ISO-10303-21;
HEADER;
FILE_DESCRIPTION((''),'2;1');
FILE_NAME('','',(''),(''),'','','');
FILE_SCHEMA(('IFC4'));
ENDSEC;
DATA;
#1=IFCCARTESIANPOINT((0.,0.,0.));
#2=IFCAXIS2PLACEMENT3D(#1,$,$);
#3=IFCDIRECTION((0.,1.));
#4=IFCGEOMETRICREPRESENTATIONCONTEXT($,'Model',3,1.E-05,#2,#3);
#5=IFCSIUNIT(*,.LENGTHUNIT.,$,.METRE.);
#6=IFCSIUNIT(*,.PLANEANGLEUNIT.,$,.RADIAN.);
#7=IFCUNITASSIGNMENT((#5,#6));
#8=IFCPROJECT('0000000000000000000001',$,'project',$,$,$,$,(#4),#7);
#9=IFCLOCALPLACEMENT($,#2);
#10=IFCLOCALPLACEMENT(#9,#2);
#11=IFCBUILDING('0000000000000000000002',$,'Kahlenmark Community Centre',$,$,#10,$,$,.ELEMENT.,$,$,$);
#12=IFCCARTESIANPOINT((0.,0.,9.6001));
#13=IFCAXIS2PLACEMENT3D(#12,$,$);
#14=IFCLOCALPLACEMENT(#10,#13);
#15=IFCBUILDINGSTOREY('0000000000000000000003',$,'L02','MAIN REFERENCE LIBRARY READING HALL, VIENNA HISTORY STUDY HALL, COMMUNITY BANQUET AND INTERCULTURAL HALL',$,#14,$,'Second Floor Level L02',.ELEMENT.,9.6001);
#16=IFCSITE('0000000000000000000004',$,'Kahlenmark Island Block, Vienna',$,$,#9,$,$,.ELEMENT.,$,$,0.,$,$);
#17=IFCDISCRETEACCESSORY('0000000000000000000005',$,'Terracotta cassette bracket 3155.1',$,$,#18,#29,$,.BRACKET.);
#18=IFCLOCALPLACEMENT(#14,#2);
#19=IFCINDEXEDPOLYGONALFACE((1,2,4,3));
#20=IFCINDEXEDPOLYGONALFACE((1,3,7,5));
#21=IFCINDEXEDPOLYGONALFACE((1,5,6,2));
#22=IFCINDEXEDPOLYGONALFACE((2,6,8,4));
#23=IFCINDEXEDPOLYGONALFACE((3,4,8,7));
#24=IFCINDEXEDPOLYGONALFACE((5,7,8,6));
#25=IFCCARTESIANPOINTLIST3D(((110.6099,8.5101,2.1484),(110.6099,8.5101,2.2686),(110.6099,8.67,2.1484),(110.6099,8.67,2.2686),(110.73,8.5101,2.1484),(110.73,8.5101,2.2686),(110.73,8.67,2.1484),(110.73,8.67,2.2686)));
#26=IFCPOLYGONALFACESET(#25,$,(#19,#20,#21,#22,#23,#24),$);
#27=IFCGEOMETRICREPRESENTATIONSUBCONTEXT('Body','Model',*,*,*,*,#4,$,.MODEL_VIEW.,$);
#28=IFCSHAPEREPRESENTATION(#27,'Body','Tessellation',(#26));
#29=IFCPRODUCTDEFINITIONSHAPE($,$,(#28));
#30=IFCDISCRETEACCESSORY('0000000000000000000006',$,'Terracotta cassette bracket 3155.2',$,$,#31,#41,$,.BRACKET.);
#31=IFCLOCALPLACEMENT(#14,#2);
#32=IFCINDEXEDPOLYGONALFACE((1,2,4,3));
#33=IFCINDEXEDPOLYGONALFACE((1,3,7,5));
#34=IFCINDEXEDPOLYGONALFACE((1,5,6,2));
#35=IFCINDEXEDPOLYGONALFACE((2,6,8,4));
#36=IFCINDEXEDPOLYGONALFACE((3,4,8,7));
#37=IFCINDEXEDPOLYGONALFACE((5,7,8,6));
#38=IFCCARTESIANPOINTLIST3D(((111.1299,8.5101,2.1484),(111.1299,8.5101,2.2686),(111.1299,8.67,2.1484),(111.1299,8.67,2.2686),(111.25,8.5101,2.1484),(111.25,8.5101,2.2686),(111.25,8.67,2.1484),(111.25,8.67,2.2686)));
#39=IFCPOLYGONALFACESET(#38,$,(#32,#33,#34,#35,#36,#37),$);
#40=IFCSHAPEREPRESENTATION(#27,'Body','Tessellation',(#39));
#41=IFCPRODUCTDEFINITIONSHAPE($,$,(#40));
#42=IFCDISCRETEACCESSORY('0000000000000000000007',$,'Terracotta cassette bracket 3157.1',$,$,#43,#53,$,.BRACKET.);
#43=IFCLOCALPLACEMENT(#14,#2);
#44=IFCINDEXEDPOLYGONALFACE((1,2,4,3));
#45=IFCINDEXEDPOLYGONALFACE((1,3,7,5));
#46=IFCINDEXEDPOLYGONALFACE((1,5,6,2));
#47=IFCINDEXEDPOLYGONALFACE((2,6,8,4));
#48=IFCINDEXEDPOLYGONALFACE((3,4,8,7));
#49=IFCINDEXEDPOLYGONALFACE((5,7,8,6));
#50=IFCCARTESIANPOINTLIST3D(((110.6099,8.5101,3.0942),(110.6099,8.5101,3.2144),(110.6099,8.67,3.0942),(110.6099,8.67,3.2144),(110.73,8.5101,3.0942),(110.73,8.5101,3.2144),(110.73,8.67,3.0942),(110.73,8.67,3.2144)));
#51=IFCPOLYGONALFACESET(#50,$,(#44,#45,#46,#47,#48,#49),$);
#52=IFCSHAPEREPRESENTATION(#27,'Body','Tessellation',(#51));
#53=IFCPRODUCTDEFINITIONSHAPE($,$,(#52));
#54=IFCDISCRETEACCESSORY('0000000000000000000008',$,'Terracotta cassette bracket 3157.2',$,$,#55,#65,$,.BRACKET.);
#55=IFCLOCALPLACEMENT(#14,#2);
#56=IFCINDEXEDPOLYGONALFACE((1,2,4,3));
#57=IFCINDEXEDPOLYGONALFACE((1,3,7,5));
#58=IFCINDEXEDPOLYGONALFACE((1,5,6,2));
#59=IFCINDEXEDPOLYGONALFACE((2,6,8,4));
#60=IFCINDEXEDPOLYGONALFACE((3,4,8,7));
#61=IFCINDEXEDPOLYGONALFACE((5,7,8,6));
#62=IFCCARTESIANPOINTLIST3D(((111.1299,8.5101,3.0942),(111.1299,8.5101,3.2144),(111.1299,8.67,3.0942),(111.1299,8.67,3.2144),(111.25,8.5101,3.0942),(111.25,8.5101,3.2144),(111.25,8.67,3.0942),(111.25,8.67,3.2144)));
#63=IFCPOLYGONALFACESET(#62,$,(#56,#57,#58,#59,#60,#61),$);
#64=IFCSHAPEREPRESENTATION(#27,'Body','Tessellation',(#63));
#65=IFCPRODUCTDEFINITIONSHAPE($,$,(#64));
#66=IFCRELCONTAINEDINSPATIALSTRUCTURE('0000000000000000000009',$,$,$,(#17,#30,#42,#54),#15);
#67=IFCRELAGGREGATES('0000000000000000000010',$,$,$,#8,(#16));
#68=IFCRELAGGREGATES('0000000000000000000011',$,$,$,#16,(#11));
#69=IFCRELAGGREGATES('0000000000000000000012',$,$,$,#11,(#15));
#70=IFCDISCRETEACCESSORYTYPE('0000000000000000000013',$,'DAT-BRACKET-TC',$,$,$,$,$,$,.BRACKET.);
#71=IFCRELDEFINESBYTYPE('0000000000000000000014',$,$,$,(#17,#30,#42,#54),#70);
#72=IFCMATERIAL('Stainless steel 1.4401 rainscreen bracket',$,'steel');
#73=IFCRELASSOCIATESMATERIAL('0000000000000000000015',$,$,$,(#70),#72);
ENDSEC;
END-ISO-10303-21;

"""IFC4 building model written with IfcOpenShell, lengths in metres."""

from ifc_helpers import new_model, si_unit, direction, frame, origin, origin_2d, place, context, subcontext, project, spatial, rectangle, extrude, material, type_object, element, save


model = new_model("IFC4")

# Units and contexts
model_context = context("Model", 3, precision=1e-05, world=origin(), true_north=direction((0.0, 1.0)))
body_context = subcontext(model_context, "Body", "Model", "MODEL_VIEW")
ifc_project = project(units=[si_unit("LENGTHUNIT", "METRE"), si_unit("PLANEANGLEUNIT", "RADIAN")], contexts=[model_context])

# Site, building, storey
site_placement = place(None, origin())
site = spatial("IfcSite", under=ifc_project, at=site_placement, Name="Kahlenmark Island Block, Vienna", CompositionType="ELEMENT", RefElevation=0.0)
building_placement = place(site_placement, origin())
building = spatial("IfcBuilding", under=site, at=building_placement, Name="Kahlenmark Community Centre", CompositionType="ELEMENT")
storey_placement = place(building_placement, frame((0.0, 0.0, 9.6001)))
storey = spatial("IfcBuildingStorey", under=building, at=storey_placement, Name="L02", Description="MAIN REFERENCE LIBRARY READING HALL, VIENNA HISTORY STUDY HALL, COMMUNITY BANQUET AND INTERCULTURAL HALL", LongName="Second Floor Level L02", CompositionType="ELEMENT", Elevation=9.6001)

# Discrete accessories
ifc_material_1 = material(Name="Stainless steel 1.4401 rainscreen bracket", Category="steel")
discrete_accessory_type = type_object("IfcDiscreteAccessoryType", Name="DAT-BRACKET-TC", PredefinedType="BRACKET", material=ifc_material_1)
for number, where, z_axis, x_axis, name in (
    (1, (110.6699, 8.5901, 2.1484), (0.0, 0.0, 1.0), (1.0, 0.0, 0.0), "Terracotta cassette bracket 3155.1"),
    (2, (111.1899, 8.5901, 2.1484), (0.0, 0.0, 1.0), (1.0, 0.0, 0.0), "Terracotta cassette bracket 3155.2"),
    (3, (110.6699, 8.5901, 3.0942), (0.0, 0.0, 1.0), (1.0, 0.0, 0.0), "Terracotta cassette bracket 3157.1"),
    (4, (111.1899, 8.5901, 3.0942), (0.0, 0.0, 1.0), (1.0, 0.0, 0.0), "Terracotta cassette bracket 3157.2"),
):
    element("IfcDiscreteAccessory", number, at=place(storey_placement, frame(where, z_axis=z_axis, x_axis=x_axis)), inside=storey, type_object=discrete_accessory_type, Name=name, PredefinedType="BRACKET", context=body_context, shape_type="SweptSolid", body=[
        extrude(rectangle(XDim=0.1201, YDim=0.1599, at=origin_2d()), origin(), (0.0, 0.0, 1.0), 0.1201),
    ])

save(model, "model.ifc")
